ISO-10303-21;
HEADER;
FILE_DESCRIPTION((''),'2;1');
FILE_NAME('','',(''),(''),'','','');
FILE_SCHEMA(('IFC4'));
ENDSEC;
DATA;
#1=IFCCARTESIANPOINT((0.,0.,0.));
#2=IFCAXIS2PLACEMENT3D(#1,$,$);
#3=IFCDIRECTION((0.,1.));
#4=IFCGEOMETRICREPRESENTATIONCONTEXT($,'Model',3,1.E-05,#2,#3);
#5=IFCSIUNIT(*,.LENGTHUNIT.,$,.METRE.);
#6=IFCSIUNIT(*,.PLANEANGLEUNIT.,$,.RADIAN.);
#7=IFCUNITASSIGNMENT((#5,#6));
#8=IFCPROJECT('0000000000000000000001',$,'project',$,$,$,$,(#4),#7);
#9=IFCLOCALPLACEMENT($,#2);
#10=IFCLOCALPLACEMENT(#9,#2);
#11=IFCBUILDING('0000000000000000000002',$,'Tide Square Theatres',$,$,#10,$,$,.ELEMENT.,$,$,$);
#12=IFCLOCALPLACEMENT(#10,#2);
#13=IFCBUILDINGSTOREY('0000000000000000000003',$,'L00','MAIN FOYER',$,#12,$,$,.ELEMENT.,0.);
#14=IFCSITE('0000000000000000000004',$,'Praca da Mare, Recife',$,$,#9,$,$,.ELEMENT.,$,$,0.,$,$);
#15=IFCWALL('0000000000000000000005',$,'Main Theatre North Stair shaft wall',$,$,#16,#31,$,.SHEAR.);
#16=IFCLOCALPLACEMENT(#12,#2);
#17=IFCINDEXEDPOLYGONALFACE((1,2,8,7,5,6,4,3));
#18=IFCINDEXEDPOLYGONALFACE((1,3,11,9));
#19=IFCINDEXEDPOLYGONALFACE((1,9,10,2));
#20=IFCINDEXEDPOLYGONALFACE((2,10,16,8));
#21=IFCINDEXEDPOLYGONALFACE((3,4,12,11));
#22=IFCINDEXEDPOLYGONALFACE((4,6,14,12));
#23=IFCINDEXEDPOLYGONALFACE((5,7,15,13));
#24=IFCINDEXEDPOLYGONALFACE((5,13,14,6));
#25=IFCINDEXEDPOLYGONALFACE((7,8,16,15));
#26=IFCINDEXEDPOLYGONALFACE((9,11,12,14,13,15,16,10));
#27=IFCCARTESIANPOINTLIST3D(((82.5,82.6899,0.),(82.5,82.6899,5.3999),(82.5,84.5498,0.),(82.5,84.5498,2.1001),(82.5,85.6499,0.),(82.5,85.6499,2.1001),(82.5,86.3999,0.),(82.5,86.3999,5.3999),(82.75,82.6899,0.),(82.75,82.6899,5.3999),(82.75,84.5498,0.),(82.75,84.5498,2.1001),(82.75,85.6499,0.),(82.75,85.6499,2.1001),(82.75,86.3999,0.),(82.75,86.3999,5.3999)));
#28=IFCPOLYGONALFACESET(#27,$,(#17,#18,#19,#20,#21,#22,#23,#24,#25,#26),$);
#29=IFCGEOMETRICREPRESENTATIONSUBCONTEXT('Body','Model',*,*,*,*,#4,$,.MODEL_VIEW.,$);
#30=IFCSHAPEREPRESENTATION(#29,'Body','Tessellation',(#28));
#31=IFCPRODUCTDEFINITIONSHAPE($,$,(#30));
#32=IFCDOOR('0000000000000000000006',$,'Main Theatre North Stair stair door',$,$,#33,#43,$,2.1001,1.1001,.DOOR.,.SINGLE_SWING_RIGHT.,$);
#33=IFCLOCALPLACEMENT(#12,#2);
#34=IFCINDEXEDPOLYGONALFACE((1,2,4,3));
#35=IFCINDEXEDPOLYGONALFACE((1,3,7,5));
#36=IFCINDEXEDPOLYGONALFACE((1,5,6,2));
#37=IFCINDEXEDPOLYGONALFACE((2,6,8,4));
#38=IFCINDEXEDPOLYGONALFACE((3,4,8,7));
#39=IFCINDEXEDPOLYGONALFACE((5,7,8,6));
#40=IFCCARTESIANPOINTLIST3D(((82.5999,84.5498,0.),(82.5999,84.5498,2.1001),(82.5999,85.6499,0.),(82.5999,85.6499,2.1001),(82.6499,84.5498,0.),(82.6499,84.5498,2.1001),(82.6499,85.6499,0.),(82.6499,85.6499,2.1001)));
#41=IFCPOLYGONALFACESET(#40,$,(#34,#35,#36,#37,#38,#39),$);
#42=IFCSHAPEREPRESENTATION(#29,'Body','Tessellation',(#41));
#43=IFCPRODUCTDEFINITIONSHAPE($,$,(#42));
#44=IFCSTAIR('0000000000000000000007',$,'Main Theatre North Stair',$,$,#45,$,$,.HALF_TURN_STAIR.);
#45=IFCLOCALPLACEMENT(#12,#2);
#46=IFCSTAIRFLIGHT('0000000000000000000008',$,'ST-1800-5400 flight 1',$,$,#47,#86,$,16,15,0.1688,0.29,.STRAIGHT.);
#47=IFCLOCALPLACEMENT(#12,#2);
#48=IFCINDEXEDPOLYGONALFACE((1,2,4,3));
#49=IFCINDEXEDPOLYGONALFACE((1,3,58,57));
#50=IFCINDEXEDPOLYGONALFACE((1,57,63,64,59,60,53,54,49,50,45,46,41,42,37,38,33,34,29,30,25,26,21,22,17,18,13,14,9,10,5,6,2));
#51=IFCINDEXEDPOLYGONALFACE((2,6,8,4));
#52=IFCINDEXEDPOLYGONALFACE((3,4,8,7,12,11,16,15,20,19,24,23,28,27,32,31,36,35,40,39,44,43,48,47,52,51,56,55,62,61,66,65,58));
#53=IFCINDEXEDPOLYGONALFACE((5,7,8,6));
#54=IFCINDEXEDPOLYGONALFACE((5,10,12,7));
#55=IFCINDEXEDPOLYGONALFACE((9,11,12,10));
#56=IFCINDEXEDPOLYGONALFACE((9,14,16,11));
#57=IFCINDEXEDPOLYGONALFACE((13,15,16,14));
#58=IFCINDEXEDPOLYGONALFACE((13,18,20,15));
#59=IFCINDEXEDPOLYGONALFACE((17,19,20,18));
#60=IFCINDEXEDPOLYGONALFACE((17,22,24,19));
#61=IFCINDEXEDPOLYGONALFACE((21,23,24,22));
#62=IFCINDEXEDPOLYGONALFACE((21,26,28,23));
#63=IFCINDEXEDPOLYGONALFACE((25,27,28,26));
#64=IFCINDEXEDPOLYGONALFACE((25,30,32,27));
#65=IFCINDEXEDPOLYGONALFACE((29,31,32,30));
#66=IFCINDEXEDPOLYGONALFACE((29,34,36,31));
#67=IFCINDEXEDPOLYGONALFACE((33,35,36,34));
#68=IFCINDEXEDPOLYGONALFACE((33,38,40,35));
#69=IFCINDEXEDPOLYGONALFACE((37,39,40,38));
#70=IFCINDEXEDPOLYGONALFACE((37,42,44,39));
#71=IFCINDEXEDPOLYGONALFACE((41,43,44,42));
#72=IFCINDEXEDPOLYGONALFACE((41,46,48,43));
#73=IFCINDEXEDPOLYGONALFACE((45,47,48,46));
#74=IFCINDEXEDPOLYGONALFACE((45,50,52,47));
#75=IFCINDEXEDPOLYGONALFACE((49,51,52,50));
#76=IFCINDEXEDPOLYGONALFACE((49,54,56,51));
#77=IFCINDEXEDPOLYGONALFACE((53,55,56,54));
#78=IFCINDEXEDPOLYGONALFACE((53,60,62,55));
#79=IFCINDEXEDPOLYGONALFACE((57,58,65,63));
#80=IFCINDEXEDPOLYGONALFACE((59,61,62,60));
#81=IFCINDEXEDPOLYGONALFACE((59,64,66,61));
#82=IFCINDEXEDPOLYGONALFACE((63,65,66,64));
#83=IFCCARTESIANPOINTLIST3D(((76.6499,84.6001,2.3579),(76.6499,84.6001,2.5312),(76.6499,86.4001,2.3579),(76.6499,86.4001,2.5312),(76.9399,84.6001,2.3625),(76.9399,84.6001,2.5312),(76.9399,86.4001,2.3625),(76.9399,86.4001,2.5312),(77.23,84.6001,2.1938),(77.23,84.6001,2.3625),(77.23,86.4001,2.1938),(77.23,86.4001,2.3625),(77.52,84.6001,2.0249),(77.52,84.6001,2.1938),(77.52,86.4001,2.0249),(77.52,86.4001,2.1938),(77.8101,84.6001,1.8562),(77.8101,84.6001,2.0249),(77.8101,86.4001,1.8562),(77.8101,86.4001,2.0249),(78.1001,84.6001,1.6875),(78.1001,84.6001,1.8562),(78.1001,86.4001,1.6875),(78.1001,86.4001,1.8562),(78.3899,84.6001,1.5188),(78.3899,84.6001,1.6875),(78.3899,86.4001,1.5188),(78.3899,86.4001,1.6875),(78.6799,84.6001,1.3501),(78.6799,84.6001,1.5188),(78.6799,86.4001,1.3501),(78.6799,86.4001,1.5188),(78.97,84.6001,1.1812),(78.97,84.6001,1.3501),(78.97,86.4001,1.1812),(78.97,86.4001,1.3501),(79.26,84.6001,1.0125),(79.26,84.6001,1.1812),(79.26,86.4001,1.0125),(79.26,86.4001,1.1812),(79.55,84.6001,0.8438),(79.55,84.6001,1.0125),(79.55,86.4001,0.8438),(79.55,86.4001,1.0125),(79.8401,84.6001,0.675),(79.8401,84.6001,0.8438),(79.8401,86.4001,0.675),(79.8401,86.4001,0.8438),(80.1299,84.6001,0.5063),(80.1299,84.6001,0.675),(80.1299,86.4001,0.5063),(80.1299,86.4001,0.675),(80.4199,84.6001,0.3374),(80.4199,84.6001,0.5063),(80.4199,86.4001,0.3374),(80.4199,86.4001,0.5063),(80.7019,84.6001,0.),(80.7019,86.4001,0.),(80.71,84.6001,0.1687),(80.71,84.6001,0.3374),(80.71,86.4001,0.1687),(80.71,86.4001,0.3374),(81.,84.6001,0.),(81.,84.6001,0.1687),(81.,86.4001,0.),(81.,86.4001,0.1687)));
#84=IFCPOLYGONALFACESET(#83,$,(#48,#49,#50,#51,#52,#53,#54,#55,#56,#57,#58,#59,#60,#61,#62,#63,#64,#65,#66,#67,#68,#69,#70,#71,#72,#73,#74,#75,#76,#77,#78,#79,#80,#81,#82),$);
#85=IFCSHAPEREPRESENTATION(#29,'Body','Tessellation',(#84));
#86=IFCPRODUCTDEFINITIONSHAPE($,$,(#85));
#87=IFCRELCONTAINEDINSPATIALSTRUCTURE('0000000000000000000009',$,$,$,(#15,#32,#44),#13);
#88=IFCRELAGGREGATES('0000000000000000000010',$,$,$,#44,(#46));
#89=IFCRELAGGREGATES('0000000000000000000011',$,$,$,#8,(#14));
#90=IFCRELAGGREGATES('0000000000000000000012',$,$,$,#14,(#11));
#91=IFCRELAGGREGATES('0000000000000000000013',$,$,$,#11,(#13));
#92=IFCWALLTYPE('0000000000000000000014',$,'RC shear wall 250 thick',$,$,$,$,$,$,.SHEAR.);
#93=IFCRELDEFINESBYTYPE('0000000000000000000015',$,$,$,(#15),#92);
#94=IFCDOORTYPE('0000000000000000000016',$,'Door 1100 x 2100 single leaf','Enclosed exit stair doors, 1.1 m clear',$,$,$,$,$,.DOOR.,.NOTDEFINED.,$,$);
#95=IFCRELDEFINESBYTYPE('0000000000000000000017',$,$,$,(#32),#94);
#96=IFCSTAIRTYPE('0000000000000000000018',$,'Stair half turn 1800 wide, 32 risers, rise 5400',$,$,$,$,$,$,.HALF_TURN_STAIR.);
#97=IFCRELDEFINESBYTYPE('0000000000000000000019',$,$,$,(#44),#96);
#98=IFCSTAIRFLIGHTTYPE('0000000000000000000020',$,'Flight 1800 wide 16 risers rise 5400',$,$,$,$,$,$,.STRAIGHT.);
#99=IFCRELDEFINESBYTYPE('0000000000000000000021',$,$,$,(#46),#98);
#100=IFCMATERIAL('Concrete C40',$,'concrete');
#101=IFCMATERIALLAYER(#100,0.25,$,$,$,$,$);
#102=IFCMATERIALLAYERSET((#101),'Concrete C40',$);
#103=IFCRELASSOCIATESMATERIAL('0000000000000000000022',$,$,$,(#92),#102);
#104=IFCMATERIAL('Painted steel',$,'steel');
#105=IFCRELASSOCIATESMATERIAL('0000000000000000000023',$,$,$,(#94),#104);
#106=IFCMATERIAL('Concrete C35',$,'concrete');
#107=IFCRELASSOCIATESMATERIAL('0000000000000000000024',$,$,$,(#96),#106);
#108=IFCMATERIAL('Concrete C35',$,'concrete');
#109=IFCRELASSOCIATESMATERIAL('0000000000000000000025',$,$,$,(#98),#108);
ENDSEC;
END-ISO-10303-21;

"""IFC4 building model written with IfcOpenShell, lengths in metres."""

from ifc_helpers import new_model, si_unit, direction, frame, frame_2d, origin, place, context, subcontext, project, spatial, polyline, rectangle, outline, extrude, material, layer, layer_set, type_object, element, fill, aggregate, save


model = new_model("IFC4")

# Units and contexts
model_context = context("Model", 3, precision=1e-05, world=origin(), true_north=direction((0.0, 1.0)))
body_context = subcontext(model_context, "Body", "Model", "MODEL_VIEW")
ifc_project = project(units=[si_unit("LENGTHUNIT", "METRE"), si_unit("PLANEANGLEUNIT", "RADIAN")], contexts=[model_context])

# Site, building, storey
site_placement = place(None, origin())
site = spatial("IfcSite", under=ifc_project, at=site_placement, Name="Praca da Mare, Recife", CompositionType="ELEMENT", RefElevation=0.0)
building_placement = place(site_placement, origin())
building = spatial("IfcBuilding", under=site, at=building_placement, Name="Tide Square Theatres", CompositionType="ELEMENT")
storey_placement = place(building_placement, origin())
storey = spatial("IfcBuildingStorey", under=building, at=storey_placement, Name="L00", Description="MAIN FOYER", CompositionType="ELEMENT", Elevation=0.0)

# Wall, opening, door
ifc_material_1 = material(Name="Concrete C40", Category="concrete")
ifc_layer = layer(ifc_material_1, 0.25)
ifc_layer_set = layer_set([ifc_layer], Name="Concrete C40")
wall_type = type_object("IfcWallType", Name="RC shear wall 250 thick", PredefinedType="SHEAR", material=ifc_layer_set)
wall_placement = place(storey_placement, frame((82.625, 86.3999, 0.0), z_axis=(0.0, 0.0, 1.0), x_axis=(0.0, -1.0, 0.0)))
wall = element("IfcWall", 1, at=wall_placement, inside=storey, type_object=wall_type, Name="Main Theatre North Stair shaft wall", PredefinedType="SHEAR", context=body_context, shape_type="SweptSolid", body=[
    extrude(rectangle(XDim=3.71, YDim=0.25, at=frame_2d((1.855, 0.0))), origin(), (0.0, 0.0, 1.0), 5.3999),
])
opening_placement = place(wall_placement, frame((0.75, 0.0, 0.0)))
opening = element("IfcOpeningElement", 2, at=opening_placement, cuts=wall, PredefinedType="OPENING", context=body_context, shape_type="SweptSolid", body=[
    extrude(rectangle(XDim=1.1001, YDim=2.1001, at=frame_2d((0.55, 1.05))), frame((0.0, 0.135, 0.0), z_axis=(0.0, -1.0, 0.0), x_axis=(1.0, 0.0, 0.0)), (0.0, 0.0, 1.0), 0.27),
])
ifc_material_2 = material(Name="Painted steel", Category="steel")
door_type = type_object("IfcDoorType", Name="Door 1100 x 2100 single leaf", Description="Enclosed exit stair doors, 1.1 m clear", OperationType="NOTDEFINED", PredefinedType="DOOR", material=ifc_material_2)
door_placement = place(opening_placement, origin())
door = element("IfcDoor", 3, at=door_placement, inside=storey, type_object=door_type, Name="Main Theatre North Stair stair door", OperationType="SINGLE_SWING_RIGHT", OverallHeight=2.1001, OverallWidth=1.1001, PredefinedType="DOOR", context=body_context, shape_type="SweptSolid", body=[
    extrude(rectangle(XDim=1.1001, YDim=2.1001, at=frame_2d((0.55, 1.05))), frame((0.0, 0.0249, 0.0), z_axis=(0.0, -1.0, 0.0), x_axis=(1.0, 0.0, 0.0)), (0.0, 0.0, 1.0), 0.05),
])
fill(opening, door)

# Stair, stair flight
ifc_material_3 = material(Name="Concrete C35", Category="concrete")
stair_type = type_object("IfcStairType", Name="Stair half turn 1800 wide, 32 risers, rise 5400", PredefinedType="HALF_TURN_STAIR", material=ifc_material_3)
stair_placement = place(storey_placement, origin())
stair = element("IfcStair", 4, at=stair_placement, inside=storey, type_object=stair_type, Name="Main Theatre North Stair", PredefinedType="HALF_TURN_STAIR")
ifc_material_4 = material(Name="Concrete C35", Category="concrete")
stair_flight_type = type_object("IfcStairFlightType", Name="Flight 1800 wide 16 risers rise 5400", PredefinedType="STRAIGHT", material=ifc_material_4)
stair_flight_placement = place(storey_placement, frame((81.0, 85.5, 0.0), z_axis=(0.0, 0.0, 1.0), x_axis=(-1.0, 0.0, 0.0)))
stair_flight = element("IfcStairFlight", 5, at=stair_flight_placement, type_object=stair_flight_type, Name="ST-1800-5400 flight 1", NumberOfRisers=16, NumberOfTreads=15, PredefinedType="STRAIGHT", RiserHeight=0.1688, TreadLength=0.29, context=body_context, shape_type="SweptSolid", body=[
    extrude(outline(polyline([(0.0, 0.0), (0.0, 0.1687), (0.29, 0.1687), (0.29, 0.3374), (0.5801, 0.3374), (0.5801, 0.5063), (0.8701, 0.5063), (0.8701, 0.675), (1.1599, 0.675), (1.1599, 0.8438), (1.45, 0.8438), (1.45, 1.0125), (1.74, 1.0125), (1.74, 1.1812), (2.03, 1.1812), (2.03, 1.3501), (2.3201, 1.3501), (2.3201, 1.5188), (2.6101, 1.5188), (2.6101, 1.6875), (2.8999, 1.6875), (2.8999, 1.8562), (3.1899, 1.8562), (3.1899, 2.0249), (3.48, 2.0249), (3.48, 2.1938), (3.77, 2.1938), (3.77, 2.3625), (4.0601, 2.3625), (4.0601, 2.5312), (4.3501, 2.5312), (4.3501, 2.7), (4.3501, 2.3579), (0.2981, 0.0), (0.0, 0.0)])), frame((0.0, 0.8999, 0.0), z_axis=(0.0, -1.0, 0.0), x_axis=(1.0, 0.0, 0.0)), (0.0, 0.0, 1.0), 1.8),
])
aggregate(stair, [stair_flight])

save(model, "model.ifc")
